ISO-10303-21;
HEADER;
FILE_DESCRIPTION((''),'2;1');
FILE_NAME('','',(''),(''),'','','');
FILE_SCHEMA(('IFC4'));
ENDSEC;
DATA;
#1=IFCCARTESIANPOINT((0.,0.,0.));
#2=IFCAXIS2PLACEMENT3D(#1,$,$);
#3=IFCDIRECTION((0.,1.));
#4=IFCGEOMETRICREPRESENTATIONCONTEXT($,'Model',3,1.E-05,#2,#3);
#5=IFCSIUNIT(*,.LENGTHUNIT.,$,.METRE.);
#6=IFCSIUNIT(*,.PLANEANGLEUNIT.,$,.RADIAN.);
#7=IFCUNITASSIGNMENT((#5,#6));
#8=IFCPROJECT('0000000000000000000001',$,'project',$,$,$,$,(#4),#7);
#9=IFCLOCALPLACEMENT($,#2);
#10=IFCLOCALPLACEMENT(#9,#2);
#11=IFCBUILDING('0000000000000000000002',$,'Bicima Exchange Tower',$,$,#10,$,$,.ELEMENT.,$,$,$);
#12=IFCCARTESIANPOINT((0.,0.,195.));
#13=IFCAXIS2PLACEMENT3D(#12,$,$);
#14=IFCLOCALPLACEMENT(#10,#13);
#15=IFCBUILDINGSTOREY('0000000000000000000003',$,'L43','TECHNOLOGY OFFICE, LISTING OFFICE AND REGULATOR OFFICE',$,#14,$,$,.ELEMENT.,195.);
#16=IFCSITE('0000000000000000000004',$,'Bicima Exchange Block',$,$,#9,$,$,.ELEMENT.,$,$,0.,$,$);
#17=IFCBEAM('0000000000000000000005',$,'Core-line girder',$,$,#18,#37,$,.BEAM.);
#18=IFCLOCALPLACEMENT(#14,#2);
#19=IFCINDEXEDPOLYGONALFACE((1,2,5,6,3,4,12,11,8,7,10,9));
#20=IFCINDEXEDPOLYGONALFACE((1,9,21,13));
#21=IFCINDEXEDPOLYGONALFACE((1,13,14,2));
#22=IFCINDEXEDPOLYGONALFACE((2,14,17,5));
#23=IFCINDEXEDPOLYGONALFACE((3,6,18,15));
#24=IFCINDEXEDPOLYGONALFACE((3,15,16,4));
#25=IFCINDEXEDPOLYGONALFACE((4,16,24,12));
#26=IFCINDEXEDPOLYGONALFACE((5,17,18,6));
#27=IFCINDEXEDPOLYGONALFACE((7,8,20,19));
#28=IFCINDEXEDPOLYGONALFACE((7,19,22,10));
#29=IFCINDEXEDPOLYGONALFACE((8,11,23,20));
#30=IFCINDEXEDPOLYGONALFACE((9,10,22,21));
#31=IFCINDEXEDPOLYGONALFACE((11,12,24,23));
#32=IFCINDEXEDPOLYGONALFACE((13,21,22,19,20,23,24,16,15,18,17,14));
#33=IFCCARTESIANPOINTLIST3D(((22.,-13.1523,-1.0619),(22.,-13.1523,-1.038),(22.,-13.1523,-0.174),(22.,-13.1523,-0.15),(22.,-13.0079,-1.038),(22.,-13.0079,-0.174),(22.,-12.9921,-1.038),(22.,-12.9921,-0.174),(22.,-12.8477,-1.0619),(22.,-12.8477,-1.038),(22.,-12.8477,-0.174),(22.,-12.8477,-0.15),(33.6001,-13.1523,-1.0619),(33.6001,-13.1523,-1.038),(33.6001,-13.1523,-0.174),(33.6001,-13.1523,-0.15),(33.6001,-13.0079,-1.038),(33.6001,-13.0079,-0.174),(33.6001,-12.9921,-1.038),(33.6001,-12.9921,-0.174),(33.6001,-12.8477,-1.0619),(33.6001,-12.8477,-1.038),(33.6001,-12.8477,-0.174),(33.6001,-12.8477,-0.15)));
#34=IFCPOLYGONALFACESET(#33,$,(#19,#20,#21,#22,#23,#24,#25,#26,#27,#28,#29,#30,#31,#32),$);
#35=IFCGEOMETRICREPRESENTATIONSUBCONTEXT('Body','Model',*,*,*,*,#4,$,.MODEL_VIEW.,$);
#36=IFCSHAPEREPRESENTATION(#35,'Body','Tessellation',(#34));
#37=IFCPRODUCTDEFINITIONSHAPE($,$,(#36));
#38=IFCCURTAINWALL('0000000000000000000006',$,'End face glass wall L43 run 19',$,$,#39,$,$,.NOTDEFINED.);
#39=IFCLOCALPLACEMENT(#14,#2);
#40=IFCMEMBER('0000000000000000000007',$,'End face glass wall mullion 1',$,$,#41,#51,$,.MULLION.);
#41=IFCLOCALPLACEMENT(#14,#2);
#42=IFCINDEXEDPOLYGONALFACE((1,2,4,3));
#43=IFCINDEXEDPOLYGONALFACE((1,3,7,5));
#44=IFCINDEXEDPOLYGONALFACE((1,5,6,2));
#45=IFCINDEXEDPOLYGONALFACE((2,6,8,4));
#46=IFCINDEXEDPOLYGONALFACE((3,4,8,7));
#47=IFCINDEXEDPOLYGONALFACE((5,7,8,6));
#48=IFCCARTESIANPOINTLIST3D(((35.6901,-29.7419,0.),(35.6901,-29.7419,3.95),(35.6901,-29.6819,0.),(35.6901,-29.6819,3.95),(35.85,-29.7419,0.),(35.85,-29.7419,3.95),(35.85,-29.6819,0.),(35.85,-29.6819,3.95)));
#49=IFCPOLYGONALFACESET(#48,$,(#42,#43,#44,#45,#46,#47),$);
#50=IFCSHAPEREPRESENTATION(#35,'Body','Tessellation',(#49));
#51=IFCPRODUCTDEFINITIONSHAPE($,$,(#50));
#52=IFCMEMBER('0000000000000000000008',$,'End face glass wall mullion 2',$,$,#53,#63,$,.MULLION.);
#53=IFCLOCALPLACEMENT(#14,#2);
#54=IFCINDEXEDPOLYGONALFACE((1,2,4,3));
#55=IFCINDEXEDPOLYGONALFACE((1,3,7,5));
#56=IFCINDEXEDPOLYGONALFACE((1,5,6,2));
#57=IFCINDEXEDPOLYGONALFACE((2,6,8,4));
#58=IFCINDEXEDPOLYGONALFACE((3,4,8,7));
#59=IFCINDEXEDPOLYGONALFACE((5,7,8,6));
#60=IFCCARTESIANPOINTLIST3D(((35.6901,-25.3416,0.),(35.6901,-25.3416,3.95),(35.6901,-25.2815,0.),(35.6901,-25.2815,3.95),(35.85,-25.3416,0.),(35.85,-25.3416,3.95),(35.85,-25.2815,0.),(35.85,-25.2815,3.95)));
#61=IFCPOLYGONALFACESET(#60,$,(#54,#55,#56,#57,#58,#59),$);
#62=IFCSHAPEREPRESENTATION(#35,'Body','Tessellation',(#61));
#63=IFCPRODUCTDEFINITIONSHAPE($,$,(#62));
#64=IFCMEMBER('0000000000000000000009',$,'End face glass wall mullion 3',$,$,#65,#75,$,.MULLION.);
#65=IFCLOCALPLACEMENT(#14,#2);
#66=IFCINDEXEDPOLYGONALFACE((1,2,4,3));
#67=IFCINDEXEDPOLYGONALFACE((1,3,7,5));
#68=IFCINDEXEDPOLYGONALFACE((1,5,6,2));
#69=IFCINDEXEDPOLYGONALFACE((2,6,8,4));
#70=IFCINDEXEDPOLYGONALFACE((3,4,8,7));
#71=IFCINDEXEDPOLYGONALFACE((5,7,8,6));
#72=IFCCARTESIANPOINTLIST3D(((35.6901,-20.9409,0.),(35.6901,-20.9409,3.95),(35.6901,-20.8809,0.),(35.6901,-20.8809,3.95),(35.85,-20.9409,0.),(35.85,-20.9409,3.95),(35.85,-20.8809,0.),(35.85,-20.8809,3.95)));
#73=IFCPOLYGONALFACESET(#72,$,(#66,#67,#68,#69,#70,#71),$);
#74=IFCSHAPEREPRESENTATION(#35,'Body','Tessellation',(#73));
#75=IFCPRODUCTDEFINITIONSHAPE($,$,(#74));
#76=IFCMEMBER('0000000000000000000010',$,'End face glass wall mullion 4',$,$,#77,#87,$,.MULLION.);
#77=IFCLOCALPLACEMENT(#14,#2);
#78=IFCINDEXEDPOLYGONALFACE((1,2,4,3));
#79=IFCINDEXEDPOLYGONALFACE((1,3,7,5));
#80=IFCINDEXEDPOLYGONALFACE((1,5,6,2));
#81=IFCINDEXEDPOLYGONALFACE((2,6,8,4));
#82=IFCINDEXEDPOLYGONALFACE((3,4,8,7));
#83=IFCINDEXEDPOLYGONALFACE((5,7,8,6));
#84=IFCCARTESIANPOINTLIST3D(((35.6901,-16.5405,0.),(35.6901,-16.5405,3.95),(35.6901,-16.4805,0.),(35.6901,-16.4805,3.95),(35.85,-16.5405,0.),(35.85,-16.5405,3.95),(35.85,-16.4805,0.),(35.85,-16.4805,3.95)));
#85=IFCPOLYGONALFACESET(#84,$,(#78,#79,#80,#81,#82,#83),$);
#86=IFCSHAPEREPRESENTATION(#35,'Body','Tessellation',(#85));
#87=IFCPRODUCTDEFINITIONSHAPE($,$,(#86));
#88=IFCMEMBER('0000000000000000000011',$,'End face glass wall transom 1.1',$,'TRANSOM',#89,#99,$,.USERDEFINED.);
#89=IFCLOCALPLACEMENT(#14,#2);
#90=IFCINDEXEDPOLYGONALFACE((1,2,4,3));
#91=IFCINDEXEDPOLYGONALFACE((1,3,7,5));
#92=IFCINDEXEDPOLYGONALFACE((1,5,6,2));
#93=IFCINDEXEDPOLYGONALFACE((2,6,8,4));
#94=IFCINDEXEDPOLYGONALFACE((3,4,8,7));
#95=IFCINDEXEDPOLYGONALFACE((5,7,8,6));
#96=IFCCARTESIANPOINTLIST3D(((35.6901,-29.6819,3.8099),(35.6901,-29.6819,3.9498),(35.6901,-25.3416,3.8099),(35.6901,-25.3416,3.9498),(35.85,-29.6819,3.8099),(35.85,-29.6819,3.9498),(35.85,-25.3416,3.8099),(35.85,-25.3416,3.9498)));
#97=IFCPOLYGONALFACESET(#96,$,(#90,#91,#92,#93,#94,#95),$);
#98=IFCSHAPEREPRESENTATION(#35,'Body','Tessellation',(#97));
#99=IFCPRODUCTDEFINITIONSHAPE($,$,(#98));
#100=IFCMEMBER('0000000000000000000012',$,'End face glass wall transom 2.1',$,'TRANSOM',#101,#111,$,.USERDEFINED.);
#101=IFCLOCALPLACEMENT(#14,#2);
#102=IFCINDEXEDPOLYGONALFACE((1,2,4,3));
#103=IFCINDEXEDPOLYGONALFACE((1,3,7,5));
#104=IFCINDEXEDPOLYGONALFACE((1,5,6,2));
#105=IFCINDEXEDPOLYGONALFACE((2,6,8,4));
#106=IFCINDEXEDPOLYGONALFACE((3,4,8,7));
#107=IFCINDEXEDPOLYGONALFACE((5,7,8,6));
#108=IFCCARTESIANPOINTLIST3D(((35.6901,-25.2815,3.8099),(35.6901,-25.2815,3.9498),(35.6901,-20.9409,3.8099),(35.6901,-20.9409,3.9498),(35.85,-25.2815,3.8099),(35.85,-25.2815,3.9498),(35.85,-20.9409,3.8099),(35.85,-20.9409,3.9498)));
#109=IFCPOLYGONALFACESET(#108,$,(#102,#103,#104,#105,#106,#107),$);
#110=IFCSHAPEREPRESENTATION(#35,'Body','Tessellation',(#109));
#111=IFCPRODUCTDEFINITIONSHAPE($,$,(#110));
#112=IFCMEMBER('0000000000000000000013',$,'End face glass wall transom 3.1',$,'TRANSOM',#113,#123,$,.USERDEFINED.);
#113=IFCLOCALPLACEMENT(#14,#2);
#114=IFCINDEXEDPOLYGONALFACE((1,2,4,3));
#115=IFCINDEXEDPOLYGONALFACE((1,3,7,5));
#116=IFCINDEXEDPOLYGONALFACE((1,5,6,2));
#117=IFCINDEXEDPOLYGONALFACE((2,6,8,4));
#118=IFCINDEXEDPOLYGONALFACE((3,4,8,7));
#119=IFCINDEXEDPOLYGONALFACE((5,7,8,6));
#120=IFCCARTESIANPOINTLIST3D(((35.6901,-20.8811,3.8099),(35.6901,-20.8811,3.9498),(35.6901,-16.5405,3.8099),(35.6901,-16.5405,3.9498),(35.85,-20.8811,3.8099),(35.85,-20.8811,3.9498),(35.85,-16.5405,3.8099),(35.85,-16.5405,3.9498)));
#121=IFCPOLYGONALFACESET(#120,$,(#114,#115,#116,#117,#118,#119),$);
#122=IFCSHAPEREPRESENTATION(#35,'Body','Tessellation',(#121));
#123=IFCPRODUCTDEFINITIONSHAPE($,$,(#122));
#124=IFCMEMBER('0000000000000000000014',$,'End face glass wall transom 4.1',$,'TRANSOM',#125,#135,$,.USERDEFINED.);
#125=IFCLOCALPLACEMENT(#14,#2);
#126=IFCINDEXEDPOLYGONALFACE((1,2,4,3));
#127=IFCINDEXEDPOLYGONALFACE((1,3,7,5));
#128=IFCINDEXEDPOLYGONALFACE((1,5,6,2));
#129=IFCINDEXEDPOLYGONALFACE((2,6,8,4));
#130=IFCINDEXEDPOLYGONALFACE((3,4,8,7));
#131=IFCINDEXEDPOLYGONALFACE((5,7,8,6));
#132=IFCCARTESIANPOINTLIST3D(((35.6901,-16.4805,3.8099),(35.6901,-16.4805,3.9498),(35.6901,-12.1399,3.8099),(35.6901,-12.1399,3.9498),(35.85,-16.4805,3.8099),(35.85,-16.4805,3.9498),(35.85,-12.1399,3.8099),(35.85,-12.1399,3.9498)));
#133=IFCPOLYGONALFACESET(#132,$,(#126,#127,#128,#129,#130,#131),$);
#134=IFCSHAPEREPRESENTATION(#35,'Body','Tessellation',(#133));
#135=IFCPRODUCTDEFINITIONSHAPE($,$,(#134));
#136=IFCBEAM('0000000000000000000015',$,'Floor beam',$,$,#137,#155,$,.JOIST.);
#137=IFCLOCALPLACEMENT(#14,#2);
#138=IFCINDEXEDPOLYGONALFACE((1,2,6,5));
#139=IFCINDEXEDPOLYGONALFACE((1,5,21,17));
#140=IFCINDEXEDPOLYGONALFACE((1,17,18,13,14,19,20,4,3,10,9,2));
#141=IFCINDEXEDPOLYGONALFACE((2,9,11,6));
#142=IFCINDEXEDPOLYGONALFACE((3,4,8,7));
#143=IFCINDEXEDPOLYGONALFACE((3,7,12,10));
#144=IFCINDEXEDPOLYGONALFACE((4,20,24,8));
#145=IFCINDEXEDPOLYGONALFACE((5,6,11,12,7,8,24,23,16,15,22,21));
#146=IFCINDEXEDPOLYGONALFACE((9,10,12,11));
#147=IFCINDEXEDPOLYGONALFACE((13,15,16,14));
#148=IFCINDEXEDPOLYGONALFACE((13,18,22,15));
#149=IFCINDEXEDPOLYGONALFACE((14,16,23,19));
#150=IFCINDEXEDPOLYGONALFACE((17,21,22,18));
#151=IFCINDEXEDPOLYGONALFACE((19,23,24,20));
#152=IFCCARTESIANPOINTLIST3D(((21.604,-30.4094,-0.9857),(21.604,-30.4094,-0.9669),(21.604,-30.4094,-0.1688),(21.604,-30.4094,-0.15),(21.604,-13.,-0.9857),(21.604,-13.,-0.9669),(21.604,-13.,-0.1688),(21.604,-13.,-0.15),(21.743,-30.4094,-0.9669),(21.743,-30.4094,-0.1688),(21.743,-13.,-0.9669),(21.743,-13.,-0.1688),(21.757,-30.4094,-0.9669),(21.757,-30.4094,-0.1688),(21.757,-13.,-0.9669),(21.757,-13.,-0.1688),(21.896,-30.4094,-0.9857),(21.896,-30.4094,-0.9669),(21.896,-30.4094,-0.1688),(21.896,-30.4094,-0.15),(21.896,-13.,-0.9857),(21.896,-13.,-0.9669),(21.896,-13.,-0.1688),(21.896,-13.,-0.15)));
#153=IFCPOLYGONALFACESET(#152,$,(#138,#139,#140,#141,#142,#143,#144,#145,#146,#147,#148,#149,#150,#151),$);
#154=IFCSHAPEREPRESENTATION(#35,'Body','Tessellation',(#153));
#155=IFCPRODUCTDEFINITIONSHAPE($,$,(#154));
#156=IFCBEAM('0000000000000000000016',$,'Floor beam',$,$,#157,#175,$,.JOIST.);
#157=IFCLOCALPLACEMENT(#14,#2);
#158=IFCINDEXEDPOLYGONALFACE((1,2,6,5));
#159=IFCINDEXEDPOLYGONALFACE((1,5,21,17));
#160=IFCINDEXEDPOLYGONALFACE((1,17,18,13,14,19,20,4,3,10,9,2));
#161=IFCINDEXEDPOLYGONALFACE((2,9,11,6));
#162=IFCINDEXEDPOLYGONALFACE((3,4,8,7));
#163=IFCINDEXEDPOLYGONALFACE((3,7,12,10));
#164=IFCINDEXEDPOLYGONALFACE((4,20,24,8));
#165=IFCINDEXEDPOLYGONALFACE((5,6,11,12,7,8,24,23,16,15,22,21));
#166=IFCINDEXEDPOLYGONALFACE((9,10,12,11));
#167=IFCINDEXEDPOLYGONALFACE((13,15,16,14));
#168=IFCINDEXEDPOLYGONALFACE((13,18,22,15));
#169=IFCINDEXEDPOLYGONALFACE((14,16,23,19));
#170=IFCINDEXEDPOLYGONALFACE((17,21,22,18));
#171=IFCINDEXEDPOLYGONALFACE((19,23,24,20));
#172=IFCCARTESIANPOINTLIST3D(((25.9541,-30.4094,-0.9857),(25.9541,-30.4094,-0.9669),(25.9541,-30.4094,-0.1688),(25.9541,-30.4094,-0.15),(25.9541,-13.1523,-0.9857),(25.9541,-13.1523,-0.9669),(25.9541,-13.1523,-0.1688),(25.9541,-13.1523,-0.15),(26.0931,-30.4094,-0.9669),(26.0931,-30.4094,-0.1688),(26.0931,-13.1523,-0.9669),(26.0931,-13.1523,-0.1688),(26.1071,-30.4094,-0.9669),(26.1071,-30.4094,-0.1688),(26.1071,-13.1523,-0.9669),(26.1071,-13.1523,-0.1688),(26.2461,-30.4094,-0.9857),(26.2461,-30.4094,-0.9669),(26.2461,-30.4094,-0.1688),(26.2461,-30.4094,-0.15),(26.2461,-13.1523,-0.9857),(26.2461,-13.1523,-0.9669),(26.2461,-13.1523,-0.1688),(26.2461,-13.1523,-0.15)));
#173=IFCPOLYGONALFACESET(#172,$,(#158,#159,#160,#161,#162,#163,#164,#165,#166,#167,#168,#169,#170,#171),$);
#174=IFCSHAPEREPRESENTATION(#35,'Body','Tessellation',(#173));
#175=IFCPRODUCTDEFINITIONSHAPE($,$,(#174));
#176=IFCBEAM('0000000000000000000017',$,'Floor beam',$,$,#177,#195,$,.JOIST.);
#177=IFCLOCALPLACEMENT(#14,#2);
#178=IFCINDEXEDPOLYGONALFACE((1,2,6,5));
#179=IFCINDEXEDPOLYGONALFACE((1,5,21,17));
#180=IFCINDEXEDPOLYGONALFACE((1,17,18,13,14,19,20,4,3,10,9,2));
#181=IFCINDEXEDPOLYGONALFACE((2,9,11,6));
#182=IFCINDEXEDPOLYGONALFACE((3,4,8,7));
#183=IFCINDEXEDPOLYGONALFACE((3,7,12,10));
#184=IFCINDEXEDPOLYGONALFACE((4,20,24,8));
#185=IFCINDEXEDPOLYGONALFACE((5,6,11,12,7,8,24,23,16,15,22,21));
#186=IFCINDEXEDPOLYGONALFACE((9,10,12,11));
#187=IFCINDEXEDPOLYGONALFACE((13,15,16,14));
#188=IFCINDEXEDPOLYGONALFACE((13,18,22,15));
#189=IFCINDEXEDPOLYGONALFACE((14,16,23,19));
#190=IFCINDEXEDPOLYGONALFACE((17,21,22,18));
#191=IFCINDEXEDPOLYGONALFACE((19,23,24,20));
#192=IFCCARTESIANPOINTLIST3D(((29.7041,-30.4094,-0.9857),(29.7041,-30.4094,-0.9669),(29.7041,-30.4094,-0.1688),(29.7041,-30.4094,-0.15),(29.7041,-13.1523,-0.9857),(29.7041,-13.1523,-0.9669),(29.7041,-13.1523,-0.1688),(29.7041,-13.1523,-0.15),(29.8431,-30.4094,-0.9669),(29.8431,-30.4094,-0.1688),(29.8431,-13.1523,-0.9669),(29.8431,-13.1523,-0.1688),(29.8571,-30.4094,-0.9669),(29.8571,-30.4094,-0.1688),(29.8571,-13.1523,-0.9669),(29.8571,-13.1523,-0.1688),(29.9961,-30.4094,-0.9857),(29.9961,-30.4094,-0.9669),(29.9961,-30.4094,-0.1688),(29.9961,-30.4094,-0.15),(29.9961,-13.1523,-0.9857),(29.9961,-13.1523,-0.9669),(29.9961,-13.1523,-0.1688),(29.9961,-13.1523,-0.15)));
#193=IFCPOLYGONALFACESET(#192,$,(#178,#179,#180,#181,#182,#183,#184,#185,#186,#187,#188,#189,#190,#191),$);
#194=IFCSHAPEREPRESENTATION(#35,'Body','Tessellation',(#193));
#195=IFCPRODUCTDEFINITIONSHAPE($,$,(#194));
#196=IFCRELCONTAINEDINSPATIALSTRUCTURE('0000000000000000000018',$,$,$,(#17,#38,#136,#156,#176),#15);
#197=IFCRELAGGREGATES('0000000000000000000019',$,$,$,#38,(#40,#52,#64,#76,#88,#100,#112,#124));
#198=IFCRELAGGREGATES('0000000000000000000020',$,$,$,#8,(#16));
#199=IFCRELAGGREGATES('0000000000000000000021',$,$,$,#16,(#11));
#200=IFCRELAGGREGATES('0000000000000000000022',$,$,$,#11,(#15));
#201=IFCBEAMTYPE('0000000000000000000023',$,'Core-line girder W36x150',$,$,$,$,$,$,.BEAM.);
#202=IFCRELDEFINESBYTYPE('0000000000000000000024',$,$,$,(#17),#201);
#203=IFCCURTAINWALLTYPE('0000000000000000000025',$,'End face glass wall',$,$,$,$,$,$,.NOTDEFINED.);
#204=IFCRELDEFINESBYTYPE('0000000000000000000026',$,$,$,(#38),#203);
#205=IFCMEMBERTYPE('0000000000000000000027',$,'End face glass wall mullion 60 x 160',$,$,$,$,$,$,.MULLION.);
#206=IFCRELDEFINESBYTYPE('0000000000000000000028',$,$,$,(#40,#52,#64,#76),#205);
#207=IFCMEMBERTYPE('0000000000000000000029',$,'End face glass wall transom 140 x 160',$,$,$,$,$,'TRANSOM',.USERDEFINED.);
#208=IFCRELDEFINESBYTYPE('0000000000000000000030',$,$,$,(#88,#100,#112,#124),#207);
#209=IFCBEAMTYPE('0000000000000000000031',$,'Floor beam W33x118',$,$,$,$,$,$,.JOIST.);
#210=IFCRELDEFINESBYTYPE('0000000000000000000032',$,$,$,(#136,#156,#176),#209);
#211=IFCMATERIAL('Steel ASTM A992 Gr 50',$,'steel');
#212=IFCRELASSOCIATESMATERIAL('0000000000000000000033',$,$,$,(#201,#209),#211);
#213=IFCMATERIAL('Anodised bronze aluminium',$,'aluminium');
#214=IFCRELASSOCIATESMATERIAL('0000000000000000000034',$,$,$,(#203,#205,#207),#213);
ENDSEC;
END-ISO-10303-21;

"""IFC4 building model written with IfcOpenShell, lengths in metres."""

from ifc_helpers import new_model, si_unit, direction, frame, origin, origin_2d, place, context, subcontext, project, spatial, rectangle, i_section, extrude, material, material_profile, profile_set, type_object, element, aggregate, save


model = new_model("IFC4")

# Units and contexts
model_context = context("Model", 3, precision=1e-05, world=origin(), true_north=direction((0.0, 1.0)))
body_context = subcontext(model_context, "Body", "Model", "MODEL_VIEW")
ifc_project = project(units=[si_unit("LENGTHUNIT", "METRE"), si_unit("PLANEANGLEUNIT", "RADIAN")], contexts=[model_context])

# Site, building, storey
site_placement = place(None, origin())
site = spatial("IfcSite", under=ifc_project, at=site_placement, Name="Bicima Exchange Block", CompositionType="ELEMENT", RefElevation=0.0)
building_placement = place(site_placement, origin())
building = spatial("IfcBuilding", under=site, at=building_placement, Name="Bicima Exchange Tower", CompositionType="ELEMENT")
storey_placement = place(building_placement, frame((0.0, 0.0, 195.0)))
storey = spatial("IfcBuildingStorey", under=building, at=storey_placement, Name="L43", Description="TECHNOLOGY OFFICE, LISTING OFFICE AND REGULATOR OFFICE", CompositionType="ELEMENT", Elevation=195.0)

# Beam
ifc_material_1 = material(Name="Steel ASTM A992 Gr 50", Category="steel")
ifc_material_profile_1 = material_profile(ifc_material_1, i_section(OverallWidth=0.3047, OverallDepth=0.9119, WebThickness=0.0159, FlangeThickness=0.0239, at=origin_2d()))
ifc_profile_set_1 = profile_set([ifc_material_profile_1], Name="Steel ASTM A992 Gr 50")
beam_type_1 = type_object("IfcBeamType", Name="Core-line girder W36x150", PredefinedType="BEAM", material=ifc_profile_set_1)
beam_1_placement = place(storey_placement, frame((22.0, -13.0, -0.606), z_axis=(1.0, 0.0, 0.0), x_axis=(0.0, 1.0, 0.0)))
element("IfcBeam", 1, at=beam_1_placement, inside=storey, type_object=beam_type_1, Name="Core-line girder", PredefinedType="BEAM", context=body_context, shape_type="SweptSolid", body=[
    extrude(i_section(OverallWidth=0.3047, OverallDepth=0.9119, WebThickness=0.0159, FlangeThickness=0.0239, at=origin_2d()), origin(), (0.0, 0.0, 1.0), 11.6001),
])

# Curtain wall, members
ifc_material_2 = material(Name="Anodised bronze aluminium", Category="aluminium")
curtain_wall_type_1 = type_object("IfcCurtainWallType", Name="End face glass wall", PredefinedType="NOTDEFINED", material=ifc_material_2)
curtain_wall_1_placement = place(storey_placement, origin())
curtain_wall_1 = element("IfcCurtainWall", 2, at=curtain_wall_1_placement, inside=storey, type_object=curtain_wall_type_1, Name="End face glass wall L43 run 19", PredefinedType="NOTDEFINED")
ifc_material_profile_2 = material_profile(ifc_material_2, rectangle(XDim=0.1599, YDim=0.0601, at=origin_2d()))
ifc_profile_set_2 = profile_set([ifc_material_profile_2], Name="Anodised bronze aluminium")
member_type_1 = type_object("IfcMemberType", Name="End face glass wall mullion 60 x 160", PredefinedType="MULLION", material=ifc_profile_set_2)
member_1_placement = place(storey_placement, frame((35.77, -29.7119, 0.0), z_axis=(0.0, 0.0, 1.0), x_axis=(-1.0, 0.0, 0.0)))
member_1 = element("IfcMember", 3, at=member_1_placement, type_object=member_type_1, Name="End face glass wall mullion 1", PredefinedType="MULLION", context=body_context, shape_type="SweptSolid", body=[
    extrude(rectangle(XDim=0.1599, YDim=0.0601, at=origin_2d()), origin(), (0.0, 0.0, 1.0), 3.95),
])
member_2_placement = place(storey_placement, frame((35.77, -25.3115, 0.0), z_axis=(0.0, 0.0, 1.0), x_axis=(-1.0, 0.0, 0.0)))
member_2 = element("IfcMember", 4, at=member_2_placement, type_object=member_type_1, Name="End face glass wall mullion 2", PredefinedType="MULLION", context=body_context, shape_type="SweptSolid", body=[
    extrude(rectangle(XDim=0.1599, YDim=0.0601, at=origin_2d()), origin(), (0.0, 0.0, 1.0), 3.95),
])
member_3_placement = place(storey_placement, frame((35.77, -20.9109, 0.0), z_axis=(0.0, 0.0, 1.0), x_axis=(-1.0, 0.0, 0.0)))
member_3 = element("IfcMember", 5, at=member_3_placement, type_object=member_type_1, Name="End face glass wall mullion 3", PredefinedType="MULLION", context=body_context, shape_type="SweptSolid", body=[
    extrude(rectangle(XDim=0.1599, YDim=0.0601, at=origin_2d()), origin(), (0.0, 0.0, 1.0), 3.95),
])
member_4_placement = place(storey_placement, frame((35.77, -16.5105, 0.0), z_axis=(0.0, 0.0, 1.0), x_axis=(-1.0, 0.0, 0.0)))
member_4 = element("IfcMember", 6, at=member_4_placement, type_object=member_type_1, Name="End face glass wall mullion 4", PredefinedType="MULLION", context=body_context, shape_type="SweptSolid", body=[
    extrude(rectangle(XDim=0.1599, YDim=0.0601, at=origin_2d()), origin(), (0.0, 0.0, 1.0), 3.95),
])
ifc_material_profile_3 = material_profile(ifc_material_2, rectangle(XDim=0.1599, YDim=0.1399, at=origin_2d()))
ifc_profile_set_3 = profile_set([ifc_material_profile_3], Name="Anodised bronze aluminium")
member_type_2 = type_object("IfcMemberType", Name="End face glass wall transom 140 x 160", ElementType="TRANSOM", PredefinedType="USERDEFINED", material=ifc_profile_set_3)
member_5_placement = place(storey_placement, frame((35.77, -29.6819, 3.8799), z_axis=(0.0, 1.0, 0.0), x_axis=(-1.0, 0.0, 0.0)))
member_5 = element("IfcMember", 7, at=member_5_placement, type_object=member_type_2, Name="End face glass wall transom 1.1", ObjectType="TRANSOM", PredefinedType="USERDEFINED", context=body_context, shape_type="SweptSolid", body=[
    extrude(rectangle(XDim=0.1599, YDim=0.1399, at=origin_2d()), origin(), (0.0, 0.0, 1.0), 4.3403),
])
member_6_placement = place(storey_placement, frame((35.77, -25.2815, 3.8799), z_axis=(0.0, 1.0, 0.0), x_axis=(-1.0, 0.0, 0.0)))
member_6 = element("IfcMember", 8, at=member_6_placement, type_object=member_type_2, Name="End face glass wall transom 2.1", ObjectType="TRANSOM", PredefinedType="USERDEFINED", context=body_context, shape_type="SweptSolid", body=[
    extrude(rectangle(XDim=0.1599, YDim=0.1399, at=origin_2d()), origin(), (0.0, 0.0, 1.0), 4.3406),
])
member_7_placement = place(storey_placement, frame((35.77, -20.8811, 3.8799), z_axis=(0.0, 1.0, 0.0), x_axis=(-1.0, 0.0, 0.0)))
member_7 = element("IfcMember", 9, at=member_7_placement, type_object=member_type_2, Name="End face glass wall transom 3.1", ObjectType="TRANSOM", PredefinedType="USERDEFINED", context=body_context, shape_type="SweptSolid", body=[
    extrude(rectangle(XDim=0.1599, YDim=0.1399, at=origin_2d()), origin(), (0.0, 0.0, 1.0), 4.3406),
])
member_8_placement = place(storey_placement, frame((35.77, -16.4805, 3.8799), z_axis=(0.0, 1.0, 0.0), x_axis=(-1.0, 0.0, 0.0)))
member_8 = element("IfcMember", 10, at=member_8_placement, type_object=member_type_2, Name="End face glass wall transom 4.1", ObjectType="TRANSOM", PredefinedType="USERDEFINED", context=body_context, shape_type="SweptSolid", body=[
    extrude(rectangle(XDim=0.1599, YDim=0.1399, at=origin_2d()), origin(), (0.0, 0.0, 1.0), 4.3406),
])

# Beams
ifc_material_profile_4 = material_profile(ifc_material_1, i_section(OverallWidth=0.292, OverallDepth=0.8357, WebThickness=0.0139, FlangeThickness=0.0188, at=origin_2d()))
ifc_profile_set_4 = profile_set([ifc_material_profile_4], Name="Steel ASTM A992 Gr 50")
beam_type_2 = type_object("IfcBeamType", Name="Floor beam W33x118", PredefinedType="JOIST", material=ifc_profile_set_4)
beam_2_placement = place(storey_placement, frame((21.75, -13.0, -0.5679), z_axis=(0.0, -1.0, 0.0), x_axis=(1.0, 0.0, 0.0)))
element("IfcBeam", 11, at=beam_2_placement, inside=storey, type_object=beam_type_2, Name="Floor beam", PredefinedType="JOIST", context=body_context, shape_type="SweptSolid", body=[
    extrude(i_section(OverallWidth=0.292, OverallDepth=0.8357, WebThickness=0.0139, FlangeThickness=0.0188, at=origin_2d()), origin(), (0.0, 0.0, 1.0), 17.4094),
])
for number, where, z_axis, x_axis, name in (
    (12, (26.1001, -13.1523, -0.5679), (0.0, -1.0, 0.0), (1.0, 0.0, 0.0), "Floor beam"),
    (13, (29.8501, -13.1523, -0.5679), (0.0, -1.0, 0.0), (1.0, 0.0, 0.0), "Floor beam"),
):
    element("IfcBeam", number, at=place(storey_placement, frame(where, z_axis=z_axis, x_axis=x_axis)), inside=storey, type_object=beam_type_2, Name=name, PredefinedType="JOIST", context=body_context, shape_type="SweptSolid", body=[
        extrude(i_section(OverallWidth=0.292, OverallDepth=0.8357, WebThickness=0.0139, FlangeThickness=0.0188, at=origin_2d()), origin(), (0.0, 0.0, 1.0), 17.2571),
    ])

aggregate(curtain_wall_1, [member_1, member_2, member_3, member_4, member_5, member_6, member_7, member_8])

save(model, "model.ifc")
